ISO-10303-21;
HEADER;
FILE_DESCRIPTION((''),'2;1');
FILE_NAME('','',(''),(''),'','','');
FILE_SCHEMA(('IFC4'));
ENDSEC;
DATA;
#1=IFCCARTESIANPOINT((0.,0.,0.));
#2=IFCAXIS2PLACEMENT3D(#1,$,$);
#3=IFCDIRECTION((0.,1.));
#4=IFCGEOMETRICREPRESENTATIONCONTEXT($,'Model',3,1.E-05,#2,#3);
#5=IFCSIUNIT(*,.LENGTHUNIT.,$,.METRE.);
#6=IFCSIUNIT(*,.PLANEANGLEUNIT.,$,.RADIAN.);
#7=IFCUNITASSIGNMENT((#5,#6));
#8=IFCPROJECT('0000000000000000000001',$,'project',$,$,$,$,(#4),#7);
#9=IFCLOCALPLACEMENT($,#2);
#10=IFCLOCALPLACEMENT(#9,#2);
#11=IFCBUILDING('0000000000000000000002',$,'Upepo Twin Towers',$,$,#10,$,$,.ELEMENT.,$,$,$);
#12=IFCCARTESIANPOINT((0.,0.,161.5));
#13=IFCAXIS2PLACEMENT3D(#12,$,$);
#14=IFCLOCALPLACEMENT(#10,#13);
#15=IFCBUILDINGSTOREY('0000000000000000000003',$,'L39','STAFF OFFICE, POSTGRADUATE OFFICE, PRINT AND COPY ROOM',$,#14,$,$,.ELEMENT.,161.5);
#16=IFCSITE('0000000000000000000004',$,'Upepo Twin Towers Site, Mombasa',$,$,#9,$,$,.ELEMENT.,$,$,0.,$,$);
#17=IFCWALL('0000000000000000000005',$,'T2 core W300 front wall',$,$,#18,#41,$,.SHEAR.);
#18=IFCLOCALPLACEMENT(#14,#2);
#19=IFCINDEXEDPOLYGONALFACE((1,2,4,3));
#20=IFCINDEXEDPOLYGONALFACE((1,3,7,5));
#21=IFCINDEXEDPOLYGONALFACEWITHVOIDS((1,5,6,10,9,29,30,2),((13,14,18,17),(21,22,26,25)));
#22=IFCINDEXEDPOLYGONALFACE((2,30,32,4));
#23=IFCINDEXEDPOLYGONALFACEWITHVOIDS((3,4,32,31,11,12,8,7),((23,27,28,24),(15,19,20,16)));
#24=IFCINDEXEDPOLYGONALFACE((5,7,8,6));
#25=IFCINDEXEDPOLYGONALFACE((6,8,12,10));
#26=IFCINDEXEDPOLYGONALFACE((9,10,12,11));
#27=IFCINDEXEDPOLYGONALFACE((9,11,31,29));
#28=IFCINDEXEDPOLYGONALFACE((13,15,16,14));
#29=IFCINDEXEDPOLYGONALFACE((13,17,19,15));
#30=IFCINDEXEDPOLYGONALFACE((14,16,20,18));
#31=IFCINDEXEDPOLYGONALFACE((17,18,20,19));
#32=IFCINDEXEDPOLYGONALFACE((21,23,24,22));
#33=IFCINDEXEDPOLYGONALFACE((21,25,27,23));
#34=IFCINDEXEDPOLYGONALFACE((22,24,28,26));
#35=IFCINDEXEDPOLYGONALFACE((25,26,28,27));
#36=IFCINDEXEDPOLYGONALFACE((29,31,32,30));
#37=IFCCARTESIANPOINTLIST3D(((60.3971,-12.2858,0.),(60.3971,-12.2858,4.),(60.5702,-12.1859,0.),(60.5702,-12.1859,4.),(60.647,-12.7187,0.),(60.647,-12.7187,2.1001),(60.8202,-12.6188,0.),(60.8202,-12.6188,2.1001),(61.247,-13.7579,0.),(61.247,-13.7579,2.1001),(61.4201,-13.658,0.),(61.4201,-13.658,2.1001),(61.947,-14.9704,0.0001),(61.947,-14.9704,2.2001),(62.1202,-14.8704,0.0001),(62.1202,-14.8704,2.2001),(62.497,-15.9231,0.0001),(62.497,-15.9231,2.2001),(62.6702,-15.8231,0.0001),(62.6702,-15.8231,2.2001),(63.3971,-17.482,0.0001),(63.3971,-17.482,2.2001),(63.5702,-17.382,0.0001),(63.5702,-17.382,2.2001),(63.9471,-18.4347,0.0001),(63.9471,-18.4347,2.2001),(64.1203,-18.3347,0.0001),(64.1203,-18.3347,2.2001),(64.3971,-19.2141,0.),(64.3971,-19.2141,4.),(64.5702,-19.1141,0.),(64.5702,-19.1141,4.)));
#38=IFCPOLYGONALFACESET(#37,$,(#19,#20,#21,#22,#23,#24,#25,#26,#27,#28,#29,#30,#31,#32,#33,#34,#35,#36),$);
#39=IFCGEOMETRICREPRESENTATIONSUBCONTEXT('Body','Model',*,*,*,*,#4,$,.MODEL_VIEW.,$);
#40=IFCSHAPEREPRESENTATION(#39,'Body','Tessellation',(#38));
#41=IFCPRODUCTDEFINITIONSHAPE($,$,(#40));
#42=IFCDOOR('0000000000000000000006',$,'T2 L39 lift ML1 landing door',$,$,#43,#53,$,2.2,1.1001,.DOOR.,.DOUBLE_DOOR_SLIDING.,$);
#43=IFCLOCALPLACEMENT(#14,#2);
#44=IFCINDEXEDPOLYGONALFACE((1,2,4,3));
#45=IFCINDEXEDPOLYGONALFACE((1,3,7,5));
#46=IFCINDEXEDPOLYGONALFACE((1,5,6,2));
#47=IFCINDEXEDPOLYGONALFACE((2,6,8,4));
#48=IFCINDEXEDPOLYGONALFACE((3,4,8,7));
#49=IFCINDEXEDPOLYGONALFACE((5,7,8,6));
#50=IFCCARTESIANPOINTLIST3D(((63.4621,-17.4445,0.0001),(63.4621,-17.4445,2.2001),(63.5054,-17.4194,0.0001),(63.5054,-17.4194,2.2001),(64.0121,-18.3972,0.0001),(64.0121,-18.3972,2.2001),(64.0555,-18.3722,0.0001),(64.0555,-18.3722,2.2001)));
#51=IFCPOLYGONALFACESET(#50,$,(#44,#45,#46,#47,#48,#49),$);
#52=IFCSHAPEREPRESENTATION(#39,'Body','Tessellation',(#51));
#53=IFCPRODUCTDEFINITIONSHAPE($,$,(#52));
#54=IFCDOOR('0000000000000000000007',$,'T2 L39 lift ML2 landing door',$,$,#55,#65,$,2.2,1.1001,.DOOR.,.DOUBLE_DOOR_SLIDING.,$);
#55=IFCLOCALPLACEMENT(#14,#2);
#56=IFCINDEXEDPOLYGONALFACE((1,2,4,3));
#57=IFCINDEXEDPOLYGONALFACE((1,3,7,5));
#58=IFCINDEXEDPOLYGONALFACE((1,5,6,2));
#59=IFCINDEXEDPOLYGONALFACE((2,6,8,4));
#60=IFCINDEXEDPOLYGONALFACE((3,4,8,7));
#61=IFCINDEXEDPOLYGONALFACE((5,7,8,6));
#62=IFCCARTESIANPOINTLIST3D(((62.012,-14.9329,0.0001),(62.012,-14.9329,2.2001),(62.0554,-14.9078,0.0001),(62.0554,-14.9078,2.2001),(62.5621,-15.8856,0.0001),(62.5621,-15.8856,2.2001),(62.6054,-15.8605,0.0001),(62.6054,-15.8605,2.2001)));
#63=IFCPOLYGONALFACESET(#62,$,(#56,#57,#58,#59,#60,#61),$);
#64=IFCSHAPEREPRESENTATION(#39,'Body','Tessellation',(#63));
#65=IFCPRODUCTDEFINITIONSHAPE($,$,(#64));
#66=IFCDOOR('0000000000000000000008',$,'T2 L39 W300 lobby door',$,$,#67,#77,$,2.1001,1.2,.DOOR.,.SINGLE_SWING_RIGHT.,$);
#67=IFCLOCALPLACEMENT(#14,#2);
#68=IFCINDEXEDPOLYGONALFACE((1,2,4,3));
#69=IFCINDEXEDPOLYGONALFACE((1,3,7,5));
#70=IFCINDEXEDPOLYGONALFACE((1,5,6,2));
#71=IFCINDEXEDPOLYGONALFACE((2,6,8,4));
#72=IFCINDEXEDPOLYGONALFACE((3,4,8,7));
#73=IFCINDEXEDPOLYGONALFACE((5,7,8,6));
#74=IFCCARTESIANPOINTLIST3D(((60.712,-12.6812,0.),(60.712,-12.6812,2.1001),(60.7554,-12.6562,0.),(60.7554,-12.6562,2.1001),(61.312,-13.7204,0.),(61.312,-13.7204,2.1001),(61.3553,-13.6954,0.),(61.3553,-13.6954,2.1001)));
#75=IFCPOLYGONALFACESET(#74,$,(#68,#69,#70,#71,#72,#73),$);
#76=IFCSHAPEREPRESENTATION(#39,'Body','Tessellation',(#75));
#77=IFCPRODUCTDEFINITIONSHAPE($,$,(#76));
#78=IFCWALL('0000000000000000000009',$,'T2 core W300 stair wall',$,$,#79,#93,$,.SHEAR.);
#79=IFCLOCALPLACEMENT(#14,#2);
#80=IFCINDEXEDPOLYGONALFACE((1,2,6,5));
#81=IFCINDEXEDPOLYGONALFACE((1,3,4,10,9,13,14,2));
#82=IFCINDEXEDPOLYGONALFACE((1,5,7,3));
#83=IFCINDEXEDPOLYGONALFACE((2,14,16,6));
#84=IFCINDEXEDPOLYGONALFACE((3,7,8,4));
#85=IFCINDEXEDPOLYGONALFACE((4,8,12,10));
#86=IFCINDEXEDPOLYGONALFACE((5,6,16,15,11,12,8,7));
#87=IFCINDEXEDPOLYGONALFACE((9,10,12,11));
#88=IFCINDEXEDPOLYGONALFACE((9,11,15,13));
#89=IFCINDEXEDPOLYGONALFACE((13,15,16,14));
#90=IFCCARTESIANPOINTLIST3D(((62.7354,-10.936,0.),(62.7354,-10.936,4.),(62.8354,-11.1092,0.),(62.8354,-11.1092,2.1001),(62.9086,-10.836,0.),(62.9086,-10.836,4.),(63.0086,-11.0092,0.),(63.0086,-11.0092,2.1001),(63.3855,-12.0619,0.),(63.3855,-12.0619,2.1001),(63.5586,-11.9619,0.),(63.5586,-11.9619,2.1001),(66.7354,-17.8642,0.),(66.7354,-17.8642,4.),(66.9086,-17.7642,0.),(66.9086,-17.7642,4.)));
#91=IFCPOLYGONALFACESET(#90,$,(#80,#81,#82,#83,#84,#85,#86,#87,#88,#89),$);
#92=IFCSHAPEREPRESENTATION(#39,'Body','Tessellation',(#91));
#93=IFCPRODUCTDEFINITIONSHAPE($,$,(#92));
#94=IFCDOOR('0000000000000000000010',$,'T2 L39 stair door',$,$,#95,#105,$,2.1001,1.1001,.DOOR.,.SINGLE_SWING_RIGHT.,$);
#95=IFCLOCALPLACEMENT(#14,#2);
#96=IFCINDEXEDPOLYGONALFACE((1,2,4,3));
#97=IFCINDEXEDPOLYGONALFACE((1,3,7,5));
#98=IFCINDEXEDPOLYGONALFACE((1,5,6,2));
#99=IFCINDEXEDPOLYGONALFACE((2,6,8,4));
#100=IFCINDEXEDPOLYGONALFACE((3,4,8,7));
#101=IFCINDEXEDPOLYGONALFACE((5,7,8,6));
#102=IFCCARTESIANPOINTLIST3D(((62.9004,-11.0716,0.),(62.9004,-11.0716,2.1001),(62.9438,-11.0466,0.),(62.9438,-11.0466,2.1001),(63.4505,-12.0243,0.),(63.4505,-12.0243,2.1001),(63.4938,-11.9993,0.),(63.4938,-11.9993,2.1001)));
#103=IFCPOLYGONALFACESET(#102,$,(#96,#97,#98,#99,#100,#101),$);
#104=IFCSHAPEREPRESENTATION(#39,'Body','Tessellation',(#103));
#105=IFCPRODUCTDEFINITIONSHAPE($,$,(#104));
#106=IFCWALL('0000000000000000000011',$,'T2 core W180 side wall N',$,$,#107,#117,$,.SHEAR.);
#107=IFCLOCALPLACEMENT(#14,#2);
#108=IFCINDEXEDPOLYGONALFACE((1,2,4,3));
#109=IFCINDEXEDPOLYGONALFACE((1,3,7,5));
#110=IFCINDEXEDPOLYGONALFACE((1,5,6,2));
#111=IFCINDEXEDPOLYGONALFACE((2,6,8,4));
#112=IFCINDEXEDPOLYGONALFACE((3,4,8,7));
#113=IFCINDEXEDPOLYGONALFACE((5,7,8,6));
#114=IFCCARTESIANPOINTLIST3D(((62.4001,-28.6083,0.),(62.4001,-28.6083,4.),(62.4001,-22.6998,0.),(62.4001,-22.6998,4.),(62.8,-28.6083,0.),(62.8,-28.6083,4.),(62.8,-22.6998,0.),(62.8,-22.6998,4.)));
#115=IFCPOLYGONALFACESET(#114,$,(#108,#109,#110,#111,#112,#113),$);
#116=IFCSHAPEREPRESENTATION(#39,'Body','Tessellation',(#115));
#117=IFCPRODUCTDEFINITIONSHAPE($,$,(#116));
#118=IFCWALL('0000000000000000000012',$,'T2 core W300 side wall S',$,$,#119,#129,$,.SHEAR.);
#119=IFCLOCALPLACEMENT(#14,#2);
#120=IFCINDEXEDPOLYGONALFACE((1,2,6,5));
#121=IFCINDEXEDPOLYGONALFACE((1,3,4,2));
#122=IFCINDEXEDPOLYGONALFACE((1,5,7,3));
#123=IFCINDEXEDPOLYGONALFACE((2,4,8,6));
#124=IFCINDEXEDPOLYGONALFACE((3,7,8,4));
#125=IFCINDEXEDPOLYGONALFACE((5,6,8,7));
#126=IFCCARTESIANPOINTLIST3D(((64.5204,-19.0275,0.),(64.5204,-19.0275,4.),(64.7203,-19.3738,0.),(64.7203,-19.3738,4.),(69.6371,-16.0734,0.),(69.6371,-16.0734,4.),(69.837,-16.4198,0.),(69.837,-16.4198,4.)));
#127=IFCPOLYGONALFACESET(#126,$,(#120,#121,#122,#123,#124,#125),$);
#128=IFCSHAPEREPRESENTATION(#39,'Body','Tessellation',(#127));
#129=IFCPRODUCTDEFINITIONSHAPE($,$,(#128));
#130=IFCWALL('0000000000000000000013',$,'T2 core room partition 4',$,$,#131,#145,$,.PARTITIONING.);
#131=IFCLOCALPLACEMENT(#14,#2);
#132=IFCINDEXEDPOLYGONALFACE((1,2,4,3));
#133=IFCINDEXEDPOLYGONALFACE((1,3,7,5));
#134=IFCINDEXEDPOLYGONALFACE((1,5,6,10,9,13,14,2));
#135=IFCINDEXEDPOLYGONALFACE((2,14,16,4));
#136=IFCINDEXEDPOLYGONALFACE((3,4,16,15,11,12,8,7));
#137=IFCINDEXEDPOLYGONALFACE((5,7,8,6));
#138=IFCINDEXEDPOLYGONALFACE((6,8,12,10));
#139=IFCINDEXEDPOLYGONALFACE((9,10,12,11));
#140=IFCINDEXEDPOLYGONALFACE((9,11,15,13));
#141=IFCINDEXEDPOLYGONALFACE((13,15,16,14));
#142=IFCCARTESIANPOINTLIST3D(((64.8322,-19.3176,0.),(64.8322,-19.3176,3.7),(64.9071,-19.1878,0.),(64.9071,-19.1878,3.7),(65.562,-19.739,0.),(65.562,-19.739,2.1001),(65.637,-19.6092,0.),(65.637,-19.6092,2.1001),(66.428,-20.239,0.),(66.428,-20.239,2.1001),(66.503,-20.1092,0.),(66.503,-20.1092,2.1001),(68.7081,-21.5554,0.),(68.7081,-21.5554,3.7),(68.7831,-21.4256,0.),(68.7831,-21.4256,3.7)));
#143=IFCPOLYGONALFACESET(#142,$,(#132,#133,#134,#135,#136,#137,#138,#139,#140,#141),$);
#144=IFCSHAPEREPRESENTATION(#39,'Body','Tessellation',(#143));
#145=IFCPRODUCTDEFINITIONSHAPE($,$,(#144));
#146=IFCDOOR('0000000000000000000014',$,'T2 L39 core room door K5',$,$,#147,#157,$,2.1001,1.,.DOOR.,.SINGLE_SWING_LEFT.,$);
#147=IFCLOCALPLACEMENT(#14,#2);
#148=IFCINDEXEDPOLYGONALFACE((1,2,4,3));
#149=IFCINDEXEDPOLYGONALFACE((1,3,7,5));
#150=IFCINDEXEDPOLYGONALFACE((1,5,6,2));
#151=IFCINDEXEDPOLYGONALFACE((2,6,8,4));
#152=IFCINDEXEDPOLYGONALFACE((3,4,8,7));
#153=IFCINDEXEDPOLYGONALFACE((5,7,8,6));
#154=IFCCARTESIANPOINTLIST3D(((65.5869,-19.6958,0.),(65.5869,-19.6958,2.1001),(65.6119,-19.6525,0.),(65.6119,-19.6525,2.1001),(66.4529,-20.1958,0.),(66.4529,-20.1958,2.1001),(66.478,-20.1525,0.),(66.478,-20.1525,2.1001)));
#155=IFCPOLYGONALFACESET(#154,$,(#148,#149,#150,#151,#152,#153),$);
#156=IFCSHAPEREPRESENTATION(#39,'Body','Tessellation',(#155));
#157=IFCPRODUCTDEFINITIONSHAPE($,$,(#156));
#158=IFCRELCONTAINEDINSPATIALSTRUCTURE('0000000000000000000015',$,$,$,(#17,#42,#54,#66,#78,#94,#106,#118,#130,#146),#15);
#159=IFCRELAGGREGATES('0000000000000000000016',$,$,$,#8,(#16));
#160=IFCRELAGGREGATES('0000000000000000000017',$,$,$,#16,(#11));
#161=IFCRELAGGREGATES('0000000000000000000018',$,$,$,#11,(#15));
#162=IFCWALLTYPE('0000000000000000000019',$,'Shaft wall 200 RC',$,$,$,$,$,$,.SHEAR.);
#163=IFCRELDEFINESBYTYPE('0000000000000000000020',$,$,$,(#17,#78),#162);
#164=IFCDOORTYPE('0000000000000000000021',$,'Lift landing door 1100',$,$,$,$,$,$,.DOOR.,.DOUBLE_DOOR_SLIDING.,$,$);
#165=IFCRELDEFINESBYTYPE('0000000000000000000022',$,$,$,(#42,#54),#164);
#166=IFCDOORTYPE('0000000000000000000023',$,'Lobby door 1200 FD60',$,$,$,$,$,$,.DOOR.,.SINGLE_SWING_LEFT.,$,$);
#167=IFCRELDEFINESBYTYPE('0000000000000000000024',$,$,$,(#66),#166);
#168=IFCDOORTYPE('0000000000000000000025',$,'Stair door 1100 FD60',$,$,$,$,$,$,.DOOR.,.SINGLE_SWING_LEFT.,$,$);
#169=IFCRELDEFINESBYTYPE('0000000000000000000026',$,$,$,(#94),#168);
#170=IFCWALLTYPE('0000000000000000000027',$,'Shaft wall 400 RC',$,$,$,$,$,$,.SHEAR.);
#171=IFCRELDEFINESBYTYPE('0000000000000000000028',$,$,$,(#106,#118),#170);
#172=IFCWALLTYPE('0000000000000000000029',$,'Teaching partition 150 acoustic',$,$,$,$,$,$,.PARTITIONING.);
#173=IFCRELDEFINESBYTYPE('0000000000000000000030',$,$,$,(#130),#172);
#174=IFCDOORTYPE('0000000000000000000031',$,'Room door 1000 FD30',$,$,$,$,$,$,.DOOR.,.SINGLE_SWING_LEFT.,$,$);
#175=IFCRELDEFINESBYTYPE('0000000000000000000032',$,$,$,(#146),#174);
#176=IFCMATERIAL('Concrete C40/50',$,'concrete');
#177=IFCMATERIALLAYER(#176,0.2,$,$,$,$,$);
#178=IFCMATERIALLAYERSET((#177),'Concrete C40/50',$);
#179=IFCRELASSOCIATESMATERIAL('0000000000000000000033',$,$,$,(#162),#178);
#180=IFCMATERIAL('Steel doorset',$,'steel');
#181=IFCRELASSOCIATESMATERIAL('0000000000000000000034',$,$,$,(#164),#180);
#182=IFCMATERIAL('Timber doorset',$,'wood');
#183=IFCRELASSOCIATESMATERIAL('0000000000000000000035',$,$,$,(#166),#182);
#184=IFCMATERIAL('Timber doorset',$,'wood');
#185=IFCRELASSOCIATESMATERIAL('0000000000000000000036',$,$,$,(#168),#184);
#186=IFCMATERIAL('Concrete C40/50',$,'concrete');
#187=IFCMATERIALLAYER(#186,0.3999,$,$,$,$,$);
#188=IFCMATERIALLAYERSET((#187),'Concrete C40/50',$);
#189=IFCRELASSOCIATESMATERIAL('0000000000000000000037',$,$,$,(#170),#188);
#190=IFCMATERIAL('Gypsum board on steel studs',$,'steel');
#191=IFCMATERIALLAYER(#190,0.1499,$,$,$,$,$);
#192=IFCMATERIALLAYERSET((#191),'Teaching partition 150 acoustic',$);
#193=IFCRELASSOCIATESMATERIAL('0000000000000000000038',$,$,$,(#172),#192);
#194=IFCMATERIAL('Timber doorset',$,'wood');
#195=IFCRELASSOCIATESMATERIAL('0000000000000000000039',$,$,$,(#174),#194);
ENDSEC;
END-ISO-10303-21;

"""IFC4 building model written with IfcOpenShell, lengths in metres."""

from ifc_helpers import new_model, si_unit, direction, frame, frame_2d, origin, place, context, subcontext, project, spatial, rectangle, extrude, material, layer, layer_set, type_object, element, fill, save


model = new_model("IFC4")

# Units and contexts
model_context = context("Model", 3, precision=1e-05, world=origin(), true_north=direction((0.0, 1.0)))
body_context = subcontext(model_context, "Body", "Model", "MODEL_VIEW")
ifc_project = project(units=[si_unit("LENGTHUNIT", "METRE"), si_unit("PLANEANGLEUNIT", "RADIAN")], contexts=[model_context])

# Site, building, storey
site_placement = place(None, origin())
site = spatial("IfcSite", under=ifc_project, at=site_placement, Name="Upepo Twin Towers Site, Mombasa", CompositionType="ELEMENT", RefElevation=0.0)
building_placement = place(site_placement, origin())
building = spatial("IfcBuilding", under=site, at=building_placement, Name="Upepo Twin Towers", CompositionType="ELEMENT")
storey_placement = place(building_placement, frame((0.0, 0.0, 161.5)))
storey = spatial("IfcBuildingStorey", under=building, at=storey_placement, Name="L39", Description="STAFF OFFICE, POSTGRADUATE OFFICE, PRINT AND COPY ROOM", CompositionType="ELEMENT", Elevation=161.5)

# Shared definitions
ifc_material_1 = material(Name="Concrete C40/50", Category="concrete")
ifc_layer_1 = layer(ifc_material_1, 0.2)
ifc_layer_set_1 = layer_set([ifc_layer_1], Name="Concrete C40/50")
wall_type_1 = type_object("IfcWallType", Name="Shaft wall 200 RC", PredefinedType="SHEAR", material=ifc_layer_set_1)

# Wall, openings, doors
wall_1_placement = place(storey_placement, frame((64.4836, -19.1641, 0.0), z_axis=(0.0, 0.0, 1.0), x_axis=(-0.499999, 0.866026, 0.0)))
wall_1 = element("IfcWall", 1, at=wall_1_placement, inside=storey, type_object=wall_type_1, Name="T2 core W300 front wall", PredefinedType="SHEAR", context=body_context, shape_type="SweptSolid", body=[
    extrude(rectangle(XDim=8.0, YDim=0.2, at=frame_2d((4.0, 0.0))), origin(), (0.0, 0.0, 1.0), 4.0),
])
opening_1_placement = place(wall_1_placement, frame((6.3, 0.0, 0.0)))
opening_1 = element("IfcOpeningElement", 2, at=opening_1_placement, cuts=wall_1, PredefinedType="OPENING", context=body_context, shape_type="SweptSolid", body=[
    extrude(rectangle(XDim=1.2, YDim=2.1001, at=frame_2d((0.6001, 1.05))), frame((0.0, 0.1099, 0.0), z_axis=(0.0, -1.0, 0.0), x_axis=(1.0, 0.0, 0.0)), (0.0, 0.0, 1.0), 0.22),
])
opening_2_placement = place(wall_1_placement, frame((0.8999, 0.0, 0.0)))
opening_2 = element("IfcOpeningElement", 3, at=opening_2_placement, cuts=wall_1, PredefinedType="OPENING", context=body_context, shape_type="SweptSolid", body=[
    extrude(rectangle(XDim=1.1001, YDim=2.2, at=frame_2d((0.55, 1.1001))), frame((0.0, 0.1099, 0.0), z_axis=(0.0, -1.0, 0.0), x_axis=(1.0, 0.0, 0.0)), (0.0, 0.0, 1.0), 0.22),
])
opening_3_placement = place(wall_1_placement, frame((3.8, 0.0, 0.0)))
opening_3 = element("IfcOpeningElement", 4, at=opening_3_placement, cuts=wall_1, PredefinedType="OPENING", context=body_context, shape_type="SweptSolid", body=[
    extrude(rectangle(XDim=1.1001, YDim=2.2, at=frame_2d((0.55, 1.1001))), frame((0.0, 0.1099, 0.0), z_axis=(0.0, -1.0, 0.0), x_axis=(1.0, 0.0, 0.0)), (0.0, 0.0, 1.0), 0.22),
])
ifc_material_2 = material(Name="Steel doorset", Category="steel")
door_type_1 = type_object("IfcDoorType", Name="Lift landing door 1100", OperationType="DOUBLE_DOOR_SLIDING", PredefinedType="DOOR", material=ifc_material_2)
door_1_placement = place(opening_2_placement, origin())
door_1 = element("IfcDoor", 5, at=door_1_placement, inside=storey, type_object=door_type_1, Name="T2 L39 lift ML1 landing door", OperationType="DOUBLE_DOOR_SLIDING", OverallHeight=2.2, OverallWidth=1.1001, PredefinedType="DOOR", context=body_context, shape_type="SweptSolid", body=[
    extrude(rectangle(XDim=1.1001, YDim=2.2, at=frame_2d((0.55, 1.1001))), frame((0.0, 0.0249, 0.0), z_axis=(0.0, -1.0, 0.0), x_axis=(1.0, 0.0, 0.0)), (0.0, 0.0, 1.0), 0.05),
])
fill(opening_2, door_1)
door_2_placement = place(opening_3_placement, origin())
door_2 = element("IfcDoor", 6, at=door_2_placement, inside=storey, type_object=door_type_1, Name="T2 L39 lift ML2 landing door", OperationType="DOUBLE_DOOR_SLIDING", OverallHeight=2.2, OverallWidth=1.1001, PredefinedType="DOOR", context=body_context, shape_type="SweptSolid", body=[
    extrude(rectangle(XDim=1.1001, YDim=2.2, at=frame_2d((0.55, 1.1001))), frame((0.0, 0.0249, 0.0), z_axis=(0.0, -1.0, 0.0), x_axis=(1.0, 0.0, 0.0)), (0.0, 0.0, 1.0), 0.05),
])
fill(opening_3, door_2)
ifc_material_3 = material(Name="Timber doorset", Category="wood")
door_type_2 = type_object("IfcDoorType", Name="Lobby door 1200 FD60", OperationType="SINGLE_SWING_LEFT", PredefinedType="DOOR", material=ifc_material_3)
door_3_placement = place(opening_1_placement, origin())
door_3 = element("IfcDoor", 7, at=door_3_placement, inside=storey, type_object=door_type_2, Name="T2 L39 W300 lobby door", OperationType="SINGLE_SWING_RIGHT", OverallHeight=2.1001, OverallWidth=1.2, PredefinedType="DOOR", context=body_context, shape_type="SweptSolid", body=[
    extrude(rectangle(XDim=1.2, YDim=2.1001, at=frame_2d((0.6001, 1.05))), frame((0.0, 0.0249, 0.0), z_axis=(0.0, -1.0, 0.0), x_axis=(1.0, 0.0, 0.0)), (0.0, 0.0, 1.0), 0.05),
])
fill(opening_1, door_3)

# Wall, opening, door
wall_2_placement = place(storey_placement, frame((66.822, -17.8142, 0.0), z_axis=(0.0, 0.0, 1.0), x_axis=(-0.499999, 0.866026, 0.0)))
wall_2 = element("IfcWall", 8, at=wall_2_placement, inside=storey, type_object=wall_type_1, Name="T2 core W300 stair wall", PredefinedType="SHEAR", context=body_context, shape_type="SweptSolid", body=[
    extrude(rectangle(XDim=8.0, YDim=0.2, at=frame_2d((4.0, 0.0))), origin(), (0.0, 0.0, 1.0), 4.0),
])
opening_4_placement = place(wall_2_placement, frame((6.7, 0.0, 0.0)))
opening_4 = element("IfcOpeningElement", 9, at=opening_4_placement, cuts=wall_2, PredefinedType="OPENING", context=body_context, shape_type="SweptSolid", body=[
    extrude(rectangle(XDim=1.1001, YDim=2.1001, at=frame_2d((0.55, 1.05))), frame((0.0, 0.1099, 0.0), z_axis=(0.0, -1.0, 0.0), x_axis=(1.0, 0.0, 0.0)), (0.0, 0.0, 1.0), 0.22),
])
ifc_material_4 = material(Name="Timber doorset", Category="wood")
door_type_3 = type_object("IfcDoorType", Name="Stair door 1100 FD60", OperationType="SINGLE_SWING_LEFT", PredefinedType="DOOR", material=ifc_material_4)
door_4_placement = place(opening_4_placement, origin())
door_4 = element("IfcDoor", 10, at=door_4_placement, inside=storey, type_object=door_type_3, Name="T2 L39 stair door", OperationType="SINGLE_SWING_RIGHT", OverallHeight=2.1001, OverallWidth=1.1001, PredefinedType="DOOR", context=body_context, shape_type="SweptSolid", body=[
    extrude(rectangle(XDim=1.1001, YDim=2.1001, at=frame_2d((0.55, 1.05))), frame((0.0, 0.0249, 0.0), z_axis=(0.0, -1.0, 0.0), x_axis=(1.0, 0.0, 0.0)), (0.0, 0.0, 1.0), 0.05),
])
fill(opening_4, door_4)

# Walls
ifc_material_5 = material(Name="Concrete C40/50", Category="concrete")
ifc_layer_2 = layer(ifc_material_5, 0.3999)
ifc_layer_set_2 = layer_set([ifc_layer_2], Name="Concrete C40/50")
wall_type_2 = type_object("IfcWallType", Name="Shaft wall 400 RC", PredefinedType="SHEAR", material=ifc_layer_set_2)
wall_3_placement = place(storey_placement, frame((62.6001, -22.7, 0.0), z_axis=(0.0, 0.0, 1.0), x_axis=(0.0, -1.0, 0.0)))
element("IfcWall", 11, at=wall_3_placement, inside=storey, type_object=wall_type_2, Name="T2 core W180 side wall N", PredefinedType="SHEAR", context=body_context, shape_type="SweptSolid", body=[
    extrude(rectangle(XDim=5.9084, YDim=0.3999, at=frame_2d((2.9541, 0.0))), origin(), (0.0, 0.0, 1.0), 4.0),
])
wall_4_placement = place(storey_placement, frame((64.6204, -19.2007, 0.0), z_axis=(0.0, 0.0, 1.0), x_axis=(0.866027, 0.499997, 0.0)))
element("IfcWall", 12, at=wall_4_placement, inside=storey, type_object=wall_type_2, Name="T2 core W300 side wall S", PredefinedType="SHEAR", context=body_context, shape_type="SweptSolid", body=[
    extrude(rectangle(XDim=5.9082, YDim=0.3999, at=frame_2d((2.9541, 0.0))), origin(), (0.0, 0.0, 1.0), 4.0),
])

# Wall, opening, door
ifc_material_6 = material(Name="Gypsum board on steel studs", Category="steel")
ifc_layer_3 = layer(ifc_material_6, 0.1499)
ifc_layer_set_3 = layer_set([ifc_layer_3], Name="Teaching partition 150 acoustic")
wall_type_3 = type_object("IfcWallType", Name="Teaching partition 150 acoustic", PredefinedType="PARTITIONING", material=ifc_layer_set_3)
wall_5_placement = place(storey_placement, frame((64.8696, -19.2527, 0.0), z_axis=(0.0, 0.0, 1.0), x_axis=(0.866026, -0.499999, 0.0)))
wall_5 = element("IfcWall", 13, at=wall_5_placement, inside=storey, type_object=wall_type_3, Name="T2 core room partition 4", PredefinedType="PARTITIONING", context=body_context, shape_type="SweptSolid", body=[
    extrude(rectangle(XDim=4.4756, YDim=0.1499, at=frame_2d((2.2378, 0.0))), origin(), (0.0, 0.0, 1.0), 3.7),
])
opening_5_placement = place(wall_5_placement, frame((0.8428, 0.0, 0.0)))
opening_5 = element("IfcOpeningElement", 14, at=opening_5_placement, cuts=wall_5, PredefinedType="OPENING", context=body_context, shape_type="SweptSolid", body=[
    extrude(rectangle(XDim=1.0, YDim=2.1001, at=frame_2d((0.5, 1.05))), frame((0.0, 0.085, 0.0), z_axis=(0.0, -1.0, 0.0), x_axis=(1.0, 0.0, 0.0)), (0.0, 0.0, 1.0), 0.1699),
])
ifc_material_7 = material(Name="Timber doorset", Category="wood")
door_type_4 = type_object("IfcDoorType", Name="Room door 1000 FD30", OperationType="SINGLE_SWING_LEFT", PredefinedType="DOOR", material=ifc_material_7)
door_5_placement = place(opening_5_placement, origin())
door_5 = element("IfcDoor", 15, at=door_5_placement, inside=storey, type_object=door_type_4, Name="T2 L39 core room door K5", OperationType="SINGLE_SWING_LEFT", OverallHeight=2.1001, OverallWidth=1.0, PredefinedType="DOOR", context=body_context, shape_type="SweptSolid", body=[
    extrude(rectangle(XDim=1.0, YDim=2.1001, at=frame_2d((0.5, 1.05))), frame((0.0, 0.0249, 0.0), z_axis=(0.0, -1.0, 0.0), x_axis=(1.0, 0.0, 0.0)), (0.0, 0.0, 1.0), 0.05),
])
fill(opening_5, door_5)

save(model, "model.ifc")
